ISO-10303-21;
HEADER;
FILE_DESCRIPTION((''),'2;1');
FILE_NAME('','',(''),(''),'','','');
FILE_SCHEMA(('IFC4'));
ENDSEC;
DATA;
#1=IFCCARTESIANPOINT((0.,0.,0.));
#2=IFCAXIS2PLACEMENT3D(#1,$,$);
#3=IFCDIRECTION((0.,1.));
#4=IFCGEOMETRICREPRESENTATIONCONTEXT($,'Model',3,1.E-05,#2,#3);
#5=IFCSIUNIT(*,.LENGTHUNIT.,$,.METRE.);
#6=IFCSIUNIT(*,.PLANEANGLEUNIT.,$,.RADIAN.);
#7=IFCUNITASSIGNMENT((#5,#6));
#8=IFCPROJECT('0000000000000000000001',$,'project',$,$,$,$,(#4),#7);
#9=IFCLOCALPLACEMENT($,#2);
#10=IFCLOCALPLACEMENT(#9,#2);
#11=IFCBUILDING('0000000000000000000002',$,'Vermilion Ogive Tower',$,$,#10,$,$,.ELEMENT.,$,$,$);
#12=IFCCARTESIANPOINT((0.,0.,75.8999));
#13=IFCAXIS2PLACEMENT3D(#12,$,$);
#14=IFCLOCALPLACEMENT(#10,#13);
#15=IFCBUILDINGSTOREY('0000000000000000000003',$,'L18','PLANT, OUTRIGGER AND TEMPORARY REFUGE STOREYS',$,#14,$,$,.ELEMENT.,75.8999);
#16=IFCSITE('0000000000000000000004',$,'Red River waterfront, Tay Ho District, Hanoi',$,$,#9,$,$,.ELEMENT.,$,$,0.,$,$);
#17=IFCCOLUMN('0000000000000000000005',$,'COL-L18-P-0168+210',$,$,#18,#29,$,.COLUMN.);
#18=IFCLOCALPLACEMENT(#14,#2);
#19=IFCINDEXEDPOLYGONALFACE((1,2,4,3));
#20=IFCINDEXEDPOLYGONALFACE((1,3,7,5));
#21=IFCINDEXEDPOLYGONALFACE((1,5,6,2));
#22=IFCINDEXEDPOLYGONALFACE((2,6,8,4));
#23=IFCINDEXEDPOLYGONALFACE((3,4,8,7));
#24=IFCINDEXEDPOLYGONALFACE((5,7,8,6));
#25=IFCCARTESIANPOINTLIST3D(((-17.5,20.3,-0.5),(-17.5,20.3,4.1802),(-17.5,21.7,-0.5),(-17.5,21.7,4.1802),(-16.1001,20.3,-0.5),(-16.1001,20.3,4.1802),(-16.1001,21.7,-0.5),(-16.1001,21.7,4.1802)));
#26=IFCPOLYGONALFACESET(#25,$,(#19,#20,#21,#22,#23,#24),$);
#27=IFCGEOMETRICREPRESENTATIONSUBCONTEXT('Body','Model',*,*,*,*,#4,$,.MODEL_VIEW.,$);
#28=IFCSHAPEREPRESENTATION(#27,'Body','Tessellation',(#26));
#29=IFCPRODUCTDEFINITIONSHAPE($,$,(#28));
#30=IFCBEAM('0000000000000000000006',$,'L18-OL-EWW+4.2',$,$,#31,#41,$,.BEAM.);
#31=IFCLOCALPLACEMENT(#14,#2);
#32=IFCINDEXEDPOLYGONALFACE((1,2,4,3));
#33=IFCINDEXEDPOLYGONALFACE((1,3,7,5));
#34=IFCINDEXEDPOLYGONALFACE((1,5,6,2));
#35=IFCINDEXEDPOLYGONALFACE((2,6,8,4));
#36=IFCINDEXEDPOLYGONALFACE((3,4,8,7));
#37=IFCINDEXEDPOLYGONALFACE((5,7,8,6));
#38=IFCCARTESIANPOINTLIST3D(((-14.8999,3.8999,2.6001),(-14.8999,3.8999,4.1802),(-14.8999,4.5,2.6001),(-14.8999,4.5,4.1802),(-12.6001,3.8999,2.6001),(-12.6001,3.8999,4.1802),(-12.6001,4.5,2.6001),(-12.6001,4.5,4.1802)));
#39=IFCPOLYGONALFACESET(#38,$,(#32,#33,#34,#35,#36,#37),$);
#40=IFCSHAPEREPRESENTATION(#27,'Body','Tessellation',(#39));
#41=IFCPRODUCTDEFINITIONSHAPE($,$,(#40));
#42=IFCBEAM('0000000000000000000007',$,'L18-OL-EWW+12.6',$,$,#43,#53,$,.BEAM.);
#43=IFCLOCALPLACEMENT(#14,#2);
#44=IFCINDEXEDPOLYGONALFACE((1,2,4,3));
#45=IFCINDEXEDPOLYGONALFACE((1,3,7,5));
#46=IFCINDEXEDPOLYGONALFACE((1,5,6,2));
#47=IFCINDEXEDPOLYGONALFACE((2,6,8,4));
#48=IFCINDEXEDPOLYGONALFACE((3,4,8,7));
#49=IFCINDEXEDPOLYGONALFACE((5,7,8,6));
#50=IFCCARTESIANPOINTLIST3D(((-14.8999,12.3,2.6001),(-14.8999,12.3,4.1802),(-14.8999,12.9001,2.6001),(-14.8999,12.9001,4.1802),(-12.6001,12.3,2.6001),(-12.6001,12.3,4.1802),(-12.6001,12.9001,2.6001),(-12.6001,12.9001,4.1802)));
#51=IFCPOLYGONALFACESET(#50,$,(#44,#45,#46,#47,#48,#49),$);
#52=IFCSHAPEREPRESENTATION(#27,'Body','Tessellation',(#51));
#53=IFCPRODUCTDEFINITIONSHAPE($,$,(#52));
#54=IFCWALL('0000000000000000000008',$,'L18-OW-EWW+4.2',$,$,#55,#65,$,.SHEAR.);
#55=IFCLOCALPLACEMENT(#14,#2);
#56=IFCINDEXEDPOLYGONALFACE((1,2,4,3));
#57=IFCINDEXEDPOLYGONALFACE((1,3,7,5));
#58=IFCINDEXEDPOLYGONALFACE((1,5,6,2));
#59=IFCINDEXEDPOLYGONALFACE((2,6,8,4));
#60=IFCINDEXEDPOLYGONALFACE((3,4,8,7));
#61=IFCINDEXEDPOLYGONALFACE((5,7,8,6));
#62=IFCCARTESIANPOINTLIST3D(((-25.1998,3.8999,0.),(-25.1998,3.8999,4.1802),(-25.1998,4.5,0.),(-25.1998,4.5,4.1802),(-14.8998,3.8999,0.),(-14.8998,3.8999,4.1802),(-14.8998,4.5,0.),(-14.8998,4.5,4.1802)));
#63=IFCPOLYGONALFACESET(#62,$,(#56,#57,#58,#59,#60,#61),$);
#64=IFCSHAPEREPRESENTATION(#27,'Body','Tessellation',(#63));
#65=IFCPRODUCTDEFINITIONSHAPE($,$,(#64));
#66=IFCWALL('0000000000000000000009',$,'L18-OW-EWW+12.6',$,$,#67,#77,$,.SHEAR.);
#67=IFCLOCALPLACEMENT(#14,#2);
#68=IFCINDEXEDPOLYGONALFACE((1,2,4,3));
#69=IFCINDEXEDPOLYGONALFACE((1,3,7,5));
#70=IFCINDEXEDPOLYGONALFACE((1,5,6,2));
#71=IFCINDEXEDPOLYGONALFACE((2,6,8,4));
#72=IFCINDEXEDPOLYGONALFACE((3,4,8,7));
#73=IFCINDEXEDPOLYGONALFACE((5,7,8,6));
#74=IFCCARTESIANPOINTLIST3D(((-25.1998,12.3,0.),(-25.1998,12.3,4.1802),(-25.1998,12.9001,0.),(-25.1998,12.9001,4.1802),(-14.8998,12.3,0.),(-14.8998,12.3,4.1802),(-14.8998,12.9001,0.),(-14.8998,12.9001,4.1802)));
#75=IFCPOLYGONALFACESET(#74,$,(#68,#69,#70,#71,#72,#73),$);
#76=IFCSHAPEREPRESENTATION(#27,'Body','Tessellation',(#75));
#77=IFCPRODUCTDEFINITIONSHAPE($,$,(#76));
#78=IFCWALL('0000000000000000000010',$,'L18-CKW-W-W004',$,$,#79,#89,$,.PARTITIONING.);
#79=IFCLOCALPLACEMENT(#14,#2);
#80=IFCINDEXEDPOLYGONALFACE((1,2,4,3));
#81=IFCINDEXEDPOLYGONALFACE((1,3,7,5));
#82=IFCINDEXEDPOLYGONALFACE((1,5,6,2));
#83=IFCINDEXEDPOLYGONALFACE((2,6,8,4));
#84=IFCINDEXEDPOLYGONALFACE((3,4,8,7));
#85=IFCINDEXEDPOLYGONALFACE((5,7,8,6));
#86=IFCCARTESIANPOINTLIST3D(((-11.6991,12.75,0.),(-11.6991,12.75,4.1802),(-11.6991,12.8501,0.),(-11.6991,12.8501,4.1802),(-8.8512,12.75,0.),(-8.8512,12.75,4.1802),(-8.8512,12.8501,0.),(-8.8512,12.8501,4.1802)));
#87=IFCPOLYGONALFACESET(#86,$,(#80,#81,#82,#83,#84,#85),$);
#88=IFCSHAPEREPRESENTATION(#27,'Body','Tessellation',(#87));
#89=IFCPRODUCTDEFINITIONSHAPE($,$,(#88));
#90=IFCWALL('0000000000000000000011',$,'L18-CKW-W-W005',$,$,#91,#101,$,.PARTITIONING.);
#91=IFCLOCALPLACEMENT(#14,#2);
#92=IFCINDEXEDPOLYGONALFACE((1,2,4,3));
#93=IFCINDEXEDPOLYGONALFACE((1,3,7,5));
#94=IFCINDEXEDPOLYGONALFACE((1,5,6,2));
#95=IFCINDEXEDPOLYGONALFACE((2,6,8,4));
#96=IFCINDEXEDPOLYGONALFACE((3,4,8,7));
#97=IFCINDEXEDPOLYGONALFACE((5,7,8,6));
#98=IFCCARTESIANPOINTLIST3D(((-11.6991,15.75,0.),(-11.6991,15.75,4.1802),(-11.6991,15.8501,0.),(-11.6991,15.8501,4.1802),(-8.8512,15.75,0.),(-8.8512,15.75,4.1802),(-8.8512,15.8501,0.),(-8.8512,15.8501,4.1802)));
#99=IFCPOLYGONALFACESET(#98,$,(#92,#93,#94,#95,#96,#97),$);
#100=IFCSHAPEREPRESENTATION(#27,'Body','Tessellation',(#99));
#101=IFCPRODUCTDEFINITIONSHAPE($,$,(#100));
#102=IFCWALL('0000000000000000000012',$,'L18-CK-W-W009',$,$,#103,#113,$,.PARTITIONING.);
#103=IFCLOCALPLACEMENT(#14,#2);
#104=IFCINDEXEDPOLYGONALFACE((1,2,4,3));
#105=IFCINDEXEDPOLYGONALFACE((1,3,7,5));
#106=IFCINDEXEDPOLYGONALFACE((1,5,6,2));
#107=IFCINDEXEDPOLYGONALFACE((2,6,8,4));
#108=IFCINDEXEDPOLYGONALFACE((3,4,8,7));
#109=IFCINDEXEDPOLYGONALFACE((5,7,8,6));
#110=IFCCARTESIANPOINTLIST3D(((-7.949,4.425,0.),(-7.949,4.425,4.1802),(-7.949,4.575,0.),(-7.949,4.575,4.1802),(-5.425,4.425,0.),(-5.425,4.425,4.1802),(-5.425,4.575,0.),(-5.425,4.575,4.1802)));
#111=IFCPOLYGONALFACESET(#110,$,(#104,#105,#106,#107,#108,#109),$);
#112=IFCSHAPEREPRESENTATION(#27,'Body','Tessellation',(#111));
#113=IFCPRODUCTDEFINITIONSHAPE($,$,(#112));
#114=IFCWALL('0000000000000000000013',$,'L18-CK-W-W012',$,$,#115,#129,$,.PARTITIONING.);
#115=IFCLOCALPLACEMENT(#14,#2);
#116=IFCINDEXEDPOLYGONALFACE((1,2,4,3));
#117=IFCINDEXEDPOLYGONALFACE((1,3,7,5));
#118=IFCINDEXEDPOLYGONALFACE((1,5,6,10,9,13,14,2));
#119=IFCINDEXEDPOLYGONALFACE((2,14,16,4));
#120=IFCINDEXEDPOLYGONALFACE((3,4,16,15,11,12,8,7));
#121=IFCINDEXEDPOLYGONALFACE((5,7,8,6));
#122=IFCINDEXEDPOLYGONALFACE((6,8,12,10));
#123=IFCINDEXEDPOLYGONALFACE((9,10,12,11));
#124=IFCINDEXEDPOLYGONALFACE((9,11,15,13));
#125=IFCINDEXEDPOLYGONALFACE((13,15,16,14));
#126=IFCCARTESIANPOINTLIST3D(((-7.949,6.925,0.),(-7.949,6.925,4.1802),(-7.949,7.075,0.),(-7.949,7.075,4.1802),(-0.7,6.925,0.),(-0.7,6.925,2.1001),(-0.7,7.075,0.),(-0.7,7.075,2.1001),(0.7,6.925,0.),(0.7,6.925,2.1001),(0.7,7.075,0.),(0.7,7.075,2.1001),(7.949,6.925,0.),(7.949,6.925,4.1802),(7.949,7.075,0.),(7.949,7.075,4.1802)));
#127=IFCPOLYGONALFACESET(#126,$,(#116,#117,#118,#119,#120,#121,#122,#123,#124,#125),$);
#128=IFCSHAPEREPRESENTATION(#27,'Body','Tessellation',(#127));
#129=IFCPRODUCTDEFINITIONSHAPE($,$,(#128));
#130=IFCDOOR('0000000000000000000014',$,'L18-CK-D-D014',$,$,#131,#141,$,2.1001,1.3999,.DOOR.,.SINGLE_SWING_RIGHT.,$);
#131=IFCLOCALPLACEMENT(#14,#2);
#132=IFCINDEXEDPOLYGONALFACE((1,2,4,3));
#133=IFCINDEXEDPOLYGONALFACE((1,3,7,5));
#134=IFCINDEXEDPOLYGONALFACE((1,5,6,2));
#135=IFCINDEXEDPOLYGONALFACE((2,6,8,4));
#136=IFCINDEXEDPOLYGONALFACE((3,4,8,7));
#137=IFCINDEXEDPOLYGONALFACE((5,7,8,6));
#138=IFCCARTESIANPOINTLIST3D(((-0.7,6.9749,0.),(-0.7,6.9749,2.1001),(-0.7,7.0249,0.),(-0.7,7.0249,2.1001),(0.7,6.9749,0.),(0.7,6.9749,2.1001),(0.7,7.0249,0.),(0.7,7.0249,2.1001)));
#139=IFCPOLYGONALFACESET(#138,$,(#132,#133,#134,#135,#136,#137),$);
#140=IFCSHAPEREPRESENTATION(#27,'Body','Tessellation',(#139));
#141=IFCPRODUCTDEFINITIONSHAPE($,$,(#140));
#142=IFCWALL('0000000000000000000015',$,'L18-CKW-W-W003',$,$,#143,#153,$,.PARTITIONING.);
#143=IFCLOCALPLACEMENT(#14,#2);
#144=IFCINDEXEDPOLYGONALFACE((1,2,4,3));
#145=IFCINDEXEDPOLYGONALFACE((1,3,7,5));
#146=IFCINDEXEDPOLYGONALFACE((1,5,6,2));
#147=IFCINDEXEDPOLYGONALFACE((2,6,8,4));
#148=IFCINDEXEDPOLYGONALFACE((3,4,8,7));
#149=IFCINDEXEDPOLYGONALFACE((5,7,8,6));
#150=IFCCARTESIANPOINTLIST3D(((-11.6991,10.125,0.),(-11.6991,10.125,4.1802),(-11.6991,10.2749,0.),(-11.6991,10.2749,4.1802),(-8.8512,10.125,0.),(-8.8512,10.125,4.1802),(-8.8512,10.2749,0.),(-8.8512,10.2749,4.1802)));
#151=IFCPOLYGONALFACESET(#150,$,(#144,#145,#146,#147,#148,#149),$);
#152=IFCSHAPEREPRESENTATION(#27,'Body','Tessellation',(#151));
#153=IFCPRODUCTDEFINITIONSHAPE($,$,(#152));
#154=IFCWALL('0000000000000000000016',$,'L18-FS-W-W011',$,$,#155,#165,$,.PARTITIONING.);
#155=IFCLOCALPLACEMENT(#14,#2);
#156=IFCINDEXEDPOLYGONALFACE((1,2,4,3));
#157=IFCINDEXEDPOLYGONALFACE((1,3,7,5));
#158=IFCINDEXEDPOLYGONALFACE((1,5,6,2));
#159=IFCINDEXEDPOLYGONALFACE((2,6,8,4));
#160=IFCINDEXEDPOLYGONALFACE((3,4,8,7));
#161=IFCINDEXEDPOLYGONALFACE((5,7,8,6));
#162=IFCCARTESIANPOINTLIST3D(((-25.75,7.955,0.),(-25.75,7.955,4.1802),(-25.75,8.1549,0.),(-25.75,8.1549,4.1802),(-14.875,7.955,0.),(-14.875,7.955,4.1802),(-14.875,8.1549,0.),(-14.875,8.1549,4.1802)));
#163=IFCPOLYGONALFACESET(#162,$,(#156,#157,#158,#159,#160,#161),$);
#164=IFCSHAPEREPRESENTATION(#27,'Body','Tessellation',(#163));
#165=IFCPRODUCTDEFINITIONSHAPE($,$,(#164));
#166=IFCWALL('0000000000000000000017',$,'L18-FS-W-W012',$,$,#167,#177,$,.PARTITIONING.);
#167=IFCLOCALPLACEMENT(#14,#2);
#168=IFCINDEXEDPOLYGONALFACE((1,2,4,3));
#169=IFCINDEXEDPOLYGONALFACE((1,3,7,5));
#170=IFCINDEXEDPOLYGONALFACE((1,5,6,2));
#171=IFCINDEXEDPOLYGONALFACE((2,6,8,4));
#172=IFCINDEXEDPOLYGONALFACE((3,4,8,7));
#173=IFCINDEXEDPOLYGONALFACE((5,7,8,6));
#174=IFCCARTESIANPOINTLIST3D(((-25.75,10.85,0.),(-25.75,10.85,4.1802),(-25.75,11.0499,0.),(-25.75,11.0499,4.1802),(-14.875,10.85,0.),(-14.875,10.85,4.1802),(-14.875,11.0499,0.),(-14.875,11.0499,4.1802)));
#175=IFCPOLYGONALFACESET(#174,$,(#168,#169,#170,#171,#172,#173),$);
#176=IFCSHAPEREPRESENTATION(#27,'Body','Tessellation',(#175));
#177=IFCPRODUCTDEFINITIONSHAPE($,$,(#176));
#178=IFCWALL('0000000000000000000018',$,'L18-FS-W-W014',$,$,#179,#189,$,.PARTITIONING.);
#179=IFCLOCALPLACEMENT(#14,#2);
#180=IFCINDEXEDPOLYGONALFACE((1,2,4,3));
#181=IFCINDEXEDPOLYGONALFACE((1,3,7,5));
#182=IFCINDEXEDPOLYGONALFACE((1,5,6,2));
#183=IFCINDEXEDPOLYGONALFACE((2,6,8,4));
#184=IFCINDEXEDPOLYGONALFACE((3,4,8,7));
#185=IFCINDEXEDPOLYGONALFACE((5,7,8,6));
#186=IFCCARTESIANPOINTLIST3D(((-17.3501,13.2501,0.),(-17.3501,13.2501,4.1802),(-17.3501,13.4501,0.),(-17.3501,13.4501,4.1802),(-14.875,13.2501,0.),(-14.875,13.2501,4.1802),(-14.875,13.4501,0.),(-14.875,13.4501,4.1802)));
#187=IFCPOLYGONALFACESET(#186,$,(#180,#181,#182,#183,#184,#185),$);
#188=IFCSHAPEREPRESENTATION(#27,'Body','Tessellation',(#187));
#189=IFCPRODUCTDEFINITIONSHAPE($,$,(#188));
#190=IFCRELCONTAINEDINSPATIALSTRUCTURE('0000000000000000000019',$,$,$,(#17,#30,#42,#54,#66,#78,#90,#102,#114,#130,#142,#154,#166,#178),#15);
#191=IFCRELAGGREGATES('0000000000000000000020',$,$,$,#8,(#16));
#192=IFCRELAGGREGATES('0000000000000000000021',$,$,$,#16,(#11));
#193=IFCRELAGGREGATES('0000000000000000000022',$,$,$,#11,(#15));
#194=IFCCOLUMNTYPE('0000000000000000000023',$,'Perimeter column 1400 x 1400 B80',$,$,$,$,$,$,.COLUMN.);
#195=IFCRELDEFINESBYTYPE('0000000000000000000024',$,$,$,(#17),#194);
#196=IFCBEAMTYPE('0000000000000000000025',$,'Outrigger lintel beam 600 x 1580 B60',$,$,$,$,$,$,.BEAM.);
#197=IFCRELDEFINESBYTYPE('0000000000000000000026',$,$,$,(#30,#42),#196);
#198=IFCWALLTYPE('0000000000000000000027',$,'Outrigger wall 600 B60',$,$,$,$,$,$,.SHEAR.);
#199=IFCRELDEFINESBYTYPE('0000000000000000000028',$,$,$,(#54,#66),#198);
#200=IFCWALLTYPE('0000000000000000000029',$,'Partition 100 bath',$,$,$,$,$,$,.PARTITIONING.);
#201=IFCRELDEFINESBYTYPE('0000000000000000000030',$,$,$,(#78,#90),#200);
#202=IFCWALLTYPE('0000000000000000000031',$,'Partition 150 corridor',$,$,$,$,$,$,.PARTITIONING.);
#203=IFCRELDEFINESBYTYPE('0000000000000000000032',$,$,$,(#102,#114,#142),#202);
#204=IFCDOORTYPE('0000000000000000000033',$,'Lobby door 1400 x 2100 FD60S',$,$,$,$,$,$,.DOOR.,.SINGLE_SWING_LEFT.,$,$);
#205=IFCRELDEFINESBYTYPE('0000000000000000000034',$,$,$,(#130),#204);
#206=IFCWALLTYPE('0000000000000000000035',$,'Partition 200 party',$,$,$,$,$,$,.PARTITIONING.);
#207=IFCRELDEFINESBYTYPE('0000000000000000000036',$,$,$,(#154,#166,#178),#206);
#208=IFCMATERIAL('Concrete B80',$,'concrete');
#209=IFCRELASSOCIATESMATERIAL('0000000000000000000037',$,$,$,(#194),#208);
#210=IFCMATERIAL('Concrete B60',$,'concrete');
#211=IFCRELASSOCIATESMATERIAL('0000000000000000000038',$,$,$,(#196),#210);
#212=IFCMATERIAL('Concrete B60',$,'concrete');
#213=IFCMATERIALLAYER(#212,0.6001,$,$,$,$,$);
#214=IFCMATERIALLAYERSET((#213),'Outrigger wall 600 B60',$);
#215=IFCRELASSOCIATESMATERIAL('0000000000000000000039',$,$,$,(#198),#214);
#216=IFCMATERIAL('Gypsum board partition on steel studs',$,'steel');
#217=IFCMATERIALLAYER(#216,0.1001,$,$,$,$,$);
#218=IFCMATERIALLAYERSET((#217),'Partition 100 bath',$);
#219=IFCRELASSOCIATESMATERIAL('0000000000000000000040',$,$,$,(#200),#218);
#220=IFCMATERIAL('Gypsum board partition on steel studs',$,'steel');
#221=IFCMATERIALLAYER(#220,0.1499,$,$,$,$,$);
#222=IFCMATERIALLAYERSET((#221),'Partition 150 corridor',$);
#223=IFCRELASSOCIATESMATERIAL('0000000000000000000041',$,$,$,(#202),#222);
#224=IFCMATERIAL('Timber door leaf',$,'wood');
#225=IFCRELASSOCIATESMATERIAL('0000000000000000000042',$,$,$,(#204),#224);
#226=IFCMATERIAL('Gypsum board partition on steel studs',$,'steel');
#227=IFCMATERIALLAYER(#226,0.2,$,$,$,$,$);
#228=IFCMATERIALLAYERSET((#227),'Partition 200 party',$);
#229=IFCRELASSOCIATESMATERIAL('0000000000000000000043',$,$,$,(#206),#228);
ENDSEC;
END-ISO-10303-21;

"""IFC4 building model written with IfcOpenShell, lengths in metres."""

from ifc_helpers import new_model, si_unit, direction, frame, frame_2d, origin, origin_2d, place, context, subcontext, project, spatial, rectangle, extrude, material, layer, layer_set, material_profile, profile_set, type_object, element, fill, save


model = new_model("IFC4")

# Units and contexts
model_context = context("Model", 3, precision=1e-05, world=origin(), true_north=direction((0.0, 1.0)))
body_context = subcontext(model_context, "Body", "Model", "MODEL_VIEW")
ifc_project = project(units=[si_unit("LENGTHUNIT", "METRE"), si_unit("PLANEANGLEUNIT", "RADIAN")], contexts=[model_context])

# Site, building, storey
site_placement = place(None, origin())
site = spatial("IfcSite", under=ifc_project, at=site_placement, Name="Red River waterfront, Tay Ho District, Hanoi", CompositionType="ELEMENT", RefElevation=0.0)
building_placement = place(site_placement, origin())
building = spatial("IfcBuilding", under=site, at=building_placement, Name="Vermilion Ogive Tower", CompositionType="ELEMENT")
storey_placement = place(building_placement, frame((0.0, 0.0, 75.8999)))
storey = spatial("IfcBuildingStorey", under=building, at=storey_placement, Name="L18", Description="PLANT, OUTRIGGER AND TEMPORARY REFUGE STOREYS", CompositionType="ELEMENT", Elevation=75.8999)

# Column
ifc_material_1 = material(Name="Concrete B80", Category="concrete")
ifc_material_profile_1 = material_profile(ifc_material_1, rectangle(XDim=1.3999, YDim=1.3999, at=origin_2d()), Name="1400 x 1400")
ifc_profile_set_1 = profile_set([ifc_material_profile_1], Name="Concrete B80")
column_type = type_object("IfcColumnType", Name="Perimeter column 1400 x 1400 B80", PredefinedType="COLUMN", material=ifc_profile_set_1)
column_placement = place(storey_placement, frame((-16.8, 21.0, -0.5), z_axis=(0.0, 0.0, 1.0), x_axis=(1.0, 0.0, 0.0)))
element("IfcColumn", 1, at=column_placement, inside=storey, type_object=column_type, Name="COL-L18-P-0168+210", PredefinedType="COLUMN", context=body_context, shape_type="SweptSolid", body=[
    extrude(rectangle(XDim=1.3999, YDim=1.3999, at=origin_2d()), origin(), (0.0, 0.0, 1.0), 4.6802),
])

# Beams
ifc_material_2 = material(Name="Concrete B60", Category="concrete")
ifc_material_profile_2 = material_profile(ifc_material_2, rectangle(XDim=0.6001, YDim=1.5801, at=origin_2d()), Name="600 x 1580")
ifc_profile_set_2 = profile_set([ifc_material_profile_2], Name="Concrete B60")
beam_type = type_object("IfcBeamType", Name="Outrigger lintel beam 600 x 1580 B60", PredefinedType="BEAM", material=ifc_profile_set_2)
for number, where, z_axis, x_axis, name in (
    (2, (-12.6001, 4.2, 3.3901), (-1.0, 0.0, 0.0), (0.0, -1.0, 0.0), "L18-OL-EWW+4.2"),
    (3, (-12.6001, 12.6001, 3.3901), (-1.0, 0.0, 0.0), (0.0, -1.0, 0.0), "L18-OL-EWW+12.6"),
):
    element("IfcBeam", number, at=place(storey_placement, frame(where, z_axis=z_axis, x_axis=x_axis)), inside=storey, type_object=beam_type, Name=name, PredefinedType="BEAM", context=body_context, shape_type="SweptSolid", body=[
        extrude(rectangle(XDim=0.6001, YDim=1.5801, at=origin_2d()), origin(), (0.0, 0.0, 1.0), 2.2998),
    ])

# Walls
ifc_material_3 = material(Name="Concrete B60", Category="concrete")
ifc_layer_1 = layer(ifc_material_3, 0.6001)
ifc_layer_set_1 = layer_set([ifc_layer_1], Name="Outrigger wall 600 B60")
wall_type_1 = type_object("IfcWallType", Name="Outrigger wall 600 B60", PredefinedType="SHEAR", material=ifc_layer_set_1)
for number, where, z_axis, x_axis, name in (
    (4, (-14.8999, 4.2, 0.0), (0.0, 0.0, 1.0), (-1.0, 0.0, 0.0), "L18-OW-EWW+4.2"),
    (5, (-14.8999, 12.6001, 0.0), (0.0, 0.0, 1.0), (-1.0, 0.0, 0.0), "L18-OW-EWW+12.6"),
):
    element("IfcWall", number, at=place(storey_placement, frame(where, z_axis=z_axis, x_axis=x_axis)), inside=storey, type_object=wall_type_1, Name=name, PredefinedType="SHEAR", context=body_context, shape_type="SweptSolid", body=[
        extrude(rectangle(XDim=10.3, YDim=0.6001, at=frame_2d((5.1499, 0.0))), origin(), (0.0, 0.0, 1.0), 4.1802),
    ])
ifc_material_4 = material(Name="Gypsum board partition on steel studs", Category="steel")
ifc_layer_2 = layer(ifc_material_4, 0.1001)
ifc_layer_set_2 = layer_set([ifc_layer_2], Name="Partition 100 bath")
wall_type_2 = type_object("IfcWallType", Name="Partition 100 bath", PredefinedType="PARTITIONING", material=ifc_layer_set_2)
for number, where, z_axis, x_axis, name in (
    (6, (-11.699, 12.8, 0.0), (0.0, 0.0, 1.0), (1.0, 0.0, 0.0), "L18-CKW-W-W004"),
    (7, (-11.699, 15.8, 0.0), (0.0, 0.0, 1.0), (1.0, 0.0, 0.0), "L18-CKW-W-W005"),
):
    element("IfcWall", number, at=place(storey_placement, frame(where, z_axis=z_axis, x_axis=x_axis)), inside=storey, type_object=wall_type_2, Name=name, PredefinedType="PARTITIONING", context=body_context, shape_type="SweptSolid", body=[
        extrude(rectangle(XDim=2.8479, YDim=0.1001, at=frame_2d((1.4238, 0.0))), origin(), (0.0, 0.0, 1.0), 4.1802),
    ])
ifc_material_5 = material(Name="Gypsum board partition on steel studs", Category="steel")
ifc_layer_3 = layer(ifc_material_5, 0.1499)
ifc_layer_set_3 = layer_set([ifc_layer_3], Name="Partition 150 corridor")
wall_type_3 = type_object("IfcWallType", Name="Partition 150 corridor", PredefinedType="PARTITIONING", material=ifc_layer_set_3)
wall_1_placement = place(storey_placement, frame((-7.949, 4.5, 0.0), z_axis=(0.0, 0.0, 1.0), x_axis=(1.0, 0.0, 0.0)))
element("IfcWall", 8, at=wall_1_placement, inside=storey, type_object=wall_type_3, Name="L18-CK-W-W009", PredefinedType="PARTITIONING", context=body_context, shape_type="SweptSolid", body=[
    extrude(rectangle(XDim=2.5239, YDim=0.1499, at=frame_2d((1.262, 0.0))), origin(), (0.0, 0.0, 1.0), 4.1802),
])

# Wall, opening, door
wall_2_placement = place(storey_placement, frame((-7.949, 7.0, 0.0), z_axis=(0.0, 0.0, 1.0), x_axis=(1.0, 0.0, 0.0)))
wall_2 = element("IfcWall", 9, at=wall_2_placement, inside=storey, type_object=wall_type_3, Name="L18-CK-W-W012", PredefinedType="PARTITIONING", context=body_context, shape_type="SweptSolid", body=[
    extrude(rectangle(XDim=15.8979, YDim=0.1499, at=frame_2d((7.949, 0.0))), origin(), (0.0, 0.0, 1.0), 4.1802),
])
opening_1_placement = place(wall_2_placement, frame((7.249, 0.0, 0.0)))
opening_1 = element("IfcOpeningElement", 10, at=opening_1_placement, cuts=wall_2, PredefinedType="OPENING", context=body_context, shape_type="SweptSolid", body=[
    extrude(rectangle(XDim=1.3999, YDim=2.1001, at=frame_2d((0.7, 1.05))), frame((0.0, 0.085, 0.0), z_axis=(0.0, -1.0, 0.0), x_axis=(1.0, 0.0, 0.0)), (0.0, 0.0, 1.0), 0.1699),
])
ifc_material_6 = material(Name="Timber door leaf", Category="wood")
door_type_1 = type_object("IfcDoorType", Name="Lobby door 1400 x 2100 FD60S", OperationType="SINGLE_SWING_LEFT", PredefinedType="DOOR", material=ifc_material_6)
door_1_placement = place(opening_1_placement, origin())
door_1 = element("IfcDoor", 11, at=door_1_placement, inside=storey, type_object=door_type_1, Name="L18-CK-D-D014", OperationType="SINGLE_SWING_RIGHT", OverallHeight=2.1001, OverallWidth=1.3999, PredefinedType="DOOR", context=body_context, shape_type="SweptSolid", body=[
    extrude(rectangle(XDim=1.3999, YDim=2.1001, at=frame_2d((0.7, 1.05))), frame((0.0, 0.0249, 0.0), z_axis=(0.0, -1.0, 0.0), x_axis=(1.0, 0.0, 0.0)), (0.0, 0.0, 1.0), 0.05),
])
fill(opening_1, door_1)

# Walls
wall_3_placement = place(storey_placement, frame((-11.699, 10.2, 0.0), z_axis=(0.0, 0.0, 1.0), x_axis=(1.0, 0.0, 0.0)))
element("IfcWall", 12, at=wall_3_placement, inside=storey, type_object=wall_type_3, Name="L18-CKW-W-W003", PredefinedType="PARTITIONING", context=body_context, shape_type="SweptSolid", body=[
    extrude(rectangle(XDim=2.8479, YDim=0.1499, at=frame_2d((1.4238, 0.0))), origin(), (0.0, 0.0, 1.0), 4.1802),
])
ifc_material_7 = material(Name="Gypsum board partition on steel studs", Category="steel")
ifc_layer_4 = layer(ifc_material_7, 0.2)
ifc_layer_set_4 = layer_set([ifc_layer_4], Name="Partition 200 party")
wall_type_4 = type_object("IfcWallType", Name="Partition 200 party", PredefinedType="PARTITIONING", material=ifc_layer_set_4)
for number, where, z_axis, x_axis, name in (
    (13, (-25.75, 8.0549, 0.0), (0.0, 0.0, 1.0), (1.0, 0.0, 0.0), "L18-FS-W-W011"),
    (14, (-25.75, 10.95, 0.0), (0.0, 0.0, 1.0), (1.0, 0.0, 0.0), "L18-FS-W-W012"),
):
    element("IfcWall", number, at=place(storey_placement, frame(where, z_axis=z_axis, x_axis=x_axis)), inside=storey, type_object=wall_type_4, Name=name, PredefinedType="PARTITIONING", context=body_context, shape_type="SweptSolid", body=[
        extrude(rectangle(XDim=10.875, YDim=0.2, at=frame_2d((5.4375, 0.0))), origin(), (0.0, 0.0, 1.0), 4.1802),
    ])
wall_4_placement = place(storey_placement, frame((-17.3501, 13.3501, 0.0), z_axis=(0.0, 0.0, 1.0), x_axis=(1.0, 0.0, 0.0)))
element("IfcWall", 15, at=wall_4_placement, inside=storey, type_object=wall_type_4, Name="L18-FS-W-W014", PredefinedType="PARTITIONING", context=body_context, shape_type="SweptSolid", body=[
    extrude(rectangle(XDim=2.4751, YDim=0.2, at=frame_2d((1.2375, 0.0))), origin(), (0.0, 0.0, 1.0), 4.1802),
])

save(model, "model.ifc")
